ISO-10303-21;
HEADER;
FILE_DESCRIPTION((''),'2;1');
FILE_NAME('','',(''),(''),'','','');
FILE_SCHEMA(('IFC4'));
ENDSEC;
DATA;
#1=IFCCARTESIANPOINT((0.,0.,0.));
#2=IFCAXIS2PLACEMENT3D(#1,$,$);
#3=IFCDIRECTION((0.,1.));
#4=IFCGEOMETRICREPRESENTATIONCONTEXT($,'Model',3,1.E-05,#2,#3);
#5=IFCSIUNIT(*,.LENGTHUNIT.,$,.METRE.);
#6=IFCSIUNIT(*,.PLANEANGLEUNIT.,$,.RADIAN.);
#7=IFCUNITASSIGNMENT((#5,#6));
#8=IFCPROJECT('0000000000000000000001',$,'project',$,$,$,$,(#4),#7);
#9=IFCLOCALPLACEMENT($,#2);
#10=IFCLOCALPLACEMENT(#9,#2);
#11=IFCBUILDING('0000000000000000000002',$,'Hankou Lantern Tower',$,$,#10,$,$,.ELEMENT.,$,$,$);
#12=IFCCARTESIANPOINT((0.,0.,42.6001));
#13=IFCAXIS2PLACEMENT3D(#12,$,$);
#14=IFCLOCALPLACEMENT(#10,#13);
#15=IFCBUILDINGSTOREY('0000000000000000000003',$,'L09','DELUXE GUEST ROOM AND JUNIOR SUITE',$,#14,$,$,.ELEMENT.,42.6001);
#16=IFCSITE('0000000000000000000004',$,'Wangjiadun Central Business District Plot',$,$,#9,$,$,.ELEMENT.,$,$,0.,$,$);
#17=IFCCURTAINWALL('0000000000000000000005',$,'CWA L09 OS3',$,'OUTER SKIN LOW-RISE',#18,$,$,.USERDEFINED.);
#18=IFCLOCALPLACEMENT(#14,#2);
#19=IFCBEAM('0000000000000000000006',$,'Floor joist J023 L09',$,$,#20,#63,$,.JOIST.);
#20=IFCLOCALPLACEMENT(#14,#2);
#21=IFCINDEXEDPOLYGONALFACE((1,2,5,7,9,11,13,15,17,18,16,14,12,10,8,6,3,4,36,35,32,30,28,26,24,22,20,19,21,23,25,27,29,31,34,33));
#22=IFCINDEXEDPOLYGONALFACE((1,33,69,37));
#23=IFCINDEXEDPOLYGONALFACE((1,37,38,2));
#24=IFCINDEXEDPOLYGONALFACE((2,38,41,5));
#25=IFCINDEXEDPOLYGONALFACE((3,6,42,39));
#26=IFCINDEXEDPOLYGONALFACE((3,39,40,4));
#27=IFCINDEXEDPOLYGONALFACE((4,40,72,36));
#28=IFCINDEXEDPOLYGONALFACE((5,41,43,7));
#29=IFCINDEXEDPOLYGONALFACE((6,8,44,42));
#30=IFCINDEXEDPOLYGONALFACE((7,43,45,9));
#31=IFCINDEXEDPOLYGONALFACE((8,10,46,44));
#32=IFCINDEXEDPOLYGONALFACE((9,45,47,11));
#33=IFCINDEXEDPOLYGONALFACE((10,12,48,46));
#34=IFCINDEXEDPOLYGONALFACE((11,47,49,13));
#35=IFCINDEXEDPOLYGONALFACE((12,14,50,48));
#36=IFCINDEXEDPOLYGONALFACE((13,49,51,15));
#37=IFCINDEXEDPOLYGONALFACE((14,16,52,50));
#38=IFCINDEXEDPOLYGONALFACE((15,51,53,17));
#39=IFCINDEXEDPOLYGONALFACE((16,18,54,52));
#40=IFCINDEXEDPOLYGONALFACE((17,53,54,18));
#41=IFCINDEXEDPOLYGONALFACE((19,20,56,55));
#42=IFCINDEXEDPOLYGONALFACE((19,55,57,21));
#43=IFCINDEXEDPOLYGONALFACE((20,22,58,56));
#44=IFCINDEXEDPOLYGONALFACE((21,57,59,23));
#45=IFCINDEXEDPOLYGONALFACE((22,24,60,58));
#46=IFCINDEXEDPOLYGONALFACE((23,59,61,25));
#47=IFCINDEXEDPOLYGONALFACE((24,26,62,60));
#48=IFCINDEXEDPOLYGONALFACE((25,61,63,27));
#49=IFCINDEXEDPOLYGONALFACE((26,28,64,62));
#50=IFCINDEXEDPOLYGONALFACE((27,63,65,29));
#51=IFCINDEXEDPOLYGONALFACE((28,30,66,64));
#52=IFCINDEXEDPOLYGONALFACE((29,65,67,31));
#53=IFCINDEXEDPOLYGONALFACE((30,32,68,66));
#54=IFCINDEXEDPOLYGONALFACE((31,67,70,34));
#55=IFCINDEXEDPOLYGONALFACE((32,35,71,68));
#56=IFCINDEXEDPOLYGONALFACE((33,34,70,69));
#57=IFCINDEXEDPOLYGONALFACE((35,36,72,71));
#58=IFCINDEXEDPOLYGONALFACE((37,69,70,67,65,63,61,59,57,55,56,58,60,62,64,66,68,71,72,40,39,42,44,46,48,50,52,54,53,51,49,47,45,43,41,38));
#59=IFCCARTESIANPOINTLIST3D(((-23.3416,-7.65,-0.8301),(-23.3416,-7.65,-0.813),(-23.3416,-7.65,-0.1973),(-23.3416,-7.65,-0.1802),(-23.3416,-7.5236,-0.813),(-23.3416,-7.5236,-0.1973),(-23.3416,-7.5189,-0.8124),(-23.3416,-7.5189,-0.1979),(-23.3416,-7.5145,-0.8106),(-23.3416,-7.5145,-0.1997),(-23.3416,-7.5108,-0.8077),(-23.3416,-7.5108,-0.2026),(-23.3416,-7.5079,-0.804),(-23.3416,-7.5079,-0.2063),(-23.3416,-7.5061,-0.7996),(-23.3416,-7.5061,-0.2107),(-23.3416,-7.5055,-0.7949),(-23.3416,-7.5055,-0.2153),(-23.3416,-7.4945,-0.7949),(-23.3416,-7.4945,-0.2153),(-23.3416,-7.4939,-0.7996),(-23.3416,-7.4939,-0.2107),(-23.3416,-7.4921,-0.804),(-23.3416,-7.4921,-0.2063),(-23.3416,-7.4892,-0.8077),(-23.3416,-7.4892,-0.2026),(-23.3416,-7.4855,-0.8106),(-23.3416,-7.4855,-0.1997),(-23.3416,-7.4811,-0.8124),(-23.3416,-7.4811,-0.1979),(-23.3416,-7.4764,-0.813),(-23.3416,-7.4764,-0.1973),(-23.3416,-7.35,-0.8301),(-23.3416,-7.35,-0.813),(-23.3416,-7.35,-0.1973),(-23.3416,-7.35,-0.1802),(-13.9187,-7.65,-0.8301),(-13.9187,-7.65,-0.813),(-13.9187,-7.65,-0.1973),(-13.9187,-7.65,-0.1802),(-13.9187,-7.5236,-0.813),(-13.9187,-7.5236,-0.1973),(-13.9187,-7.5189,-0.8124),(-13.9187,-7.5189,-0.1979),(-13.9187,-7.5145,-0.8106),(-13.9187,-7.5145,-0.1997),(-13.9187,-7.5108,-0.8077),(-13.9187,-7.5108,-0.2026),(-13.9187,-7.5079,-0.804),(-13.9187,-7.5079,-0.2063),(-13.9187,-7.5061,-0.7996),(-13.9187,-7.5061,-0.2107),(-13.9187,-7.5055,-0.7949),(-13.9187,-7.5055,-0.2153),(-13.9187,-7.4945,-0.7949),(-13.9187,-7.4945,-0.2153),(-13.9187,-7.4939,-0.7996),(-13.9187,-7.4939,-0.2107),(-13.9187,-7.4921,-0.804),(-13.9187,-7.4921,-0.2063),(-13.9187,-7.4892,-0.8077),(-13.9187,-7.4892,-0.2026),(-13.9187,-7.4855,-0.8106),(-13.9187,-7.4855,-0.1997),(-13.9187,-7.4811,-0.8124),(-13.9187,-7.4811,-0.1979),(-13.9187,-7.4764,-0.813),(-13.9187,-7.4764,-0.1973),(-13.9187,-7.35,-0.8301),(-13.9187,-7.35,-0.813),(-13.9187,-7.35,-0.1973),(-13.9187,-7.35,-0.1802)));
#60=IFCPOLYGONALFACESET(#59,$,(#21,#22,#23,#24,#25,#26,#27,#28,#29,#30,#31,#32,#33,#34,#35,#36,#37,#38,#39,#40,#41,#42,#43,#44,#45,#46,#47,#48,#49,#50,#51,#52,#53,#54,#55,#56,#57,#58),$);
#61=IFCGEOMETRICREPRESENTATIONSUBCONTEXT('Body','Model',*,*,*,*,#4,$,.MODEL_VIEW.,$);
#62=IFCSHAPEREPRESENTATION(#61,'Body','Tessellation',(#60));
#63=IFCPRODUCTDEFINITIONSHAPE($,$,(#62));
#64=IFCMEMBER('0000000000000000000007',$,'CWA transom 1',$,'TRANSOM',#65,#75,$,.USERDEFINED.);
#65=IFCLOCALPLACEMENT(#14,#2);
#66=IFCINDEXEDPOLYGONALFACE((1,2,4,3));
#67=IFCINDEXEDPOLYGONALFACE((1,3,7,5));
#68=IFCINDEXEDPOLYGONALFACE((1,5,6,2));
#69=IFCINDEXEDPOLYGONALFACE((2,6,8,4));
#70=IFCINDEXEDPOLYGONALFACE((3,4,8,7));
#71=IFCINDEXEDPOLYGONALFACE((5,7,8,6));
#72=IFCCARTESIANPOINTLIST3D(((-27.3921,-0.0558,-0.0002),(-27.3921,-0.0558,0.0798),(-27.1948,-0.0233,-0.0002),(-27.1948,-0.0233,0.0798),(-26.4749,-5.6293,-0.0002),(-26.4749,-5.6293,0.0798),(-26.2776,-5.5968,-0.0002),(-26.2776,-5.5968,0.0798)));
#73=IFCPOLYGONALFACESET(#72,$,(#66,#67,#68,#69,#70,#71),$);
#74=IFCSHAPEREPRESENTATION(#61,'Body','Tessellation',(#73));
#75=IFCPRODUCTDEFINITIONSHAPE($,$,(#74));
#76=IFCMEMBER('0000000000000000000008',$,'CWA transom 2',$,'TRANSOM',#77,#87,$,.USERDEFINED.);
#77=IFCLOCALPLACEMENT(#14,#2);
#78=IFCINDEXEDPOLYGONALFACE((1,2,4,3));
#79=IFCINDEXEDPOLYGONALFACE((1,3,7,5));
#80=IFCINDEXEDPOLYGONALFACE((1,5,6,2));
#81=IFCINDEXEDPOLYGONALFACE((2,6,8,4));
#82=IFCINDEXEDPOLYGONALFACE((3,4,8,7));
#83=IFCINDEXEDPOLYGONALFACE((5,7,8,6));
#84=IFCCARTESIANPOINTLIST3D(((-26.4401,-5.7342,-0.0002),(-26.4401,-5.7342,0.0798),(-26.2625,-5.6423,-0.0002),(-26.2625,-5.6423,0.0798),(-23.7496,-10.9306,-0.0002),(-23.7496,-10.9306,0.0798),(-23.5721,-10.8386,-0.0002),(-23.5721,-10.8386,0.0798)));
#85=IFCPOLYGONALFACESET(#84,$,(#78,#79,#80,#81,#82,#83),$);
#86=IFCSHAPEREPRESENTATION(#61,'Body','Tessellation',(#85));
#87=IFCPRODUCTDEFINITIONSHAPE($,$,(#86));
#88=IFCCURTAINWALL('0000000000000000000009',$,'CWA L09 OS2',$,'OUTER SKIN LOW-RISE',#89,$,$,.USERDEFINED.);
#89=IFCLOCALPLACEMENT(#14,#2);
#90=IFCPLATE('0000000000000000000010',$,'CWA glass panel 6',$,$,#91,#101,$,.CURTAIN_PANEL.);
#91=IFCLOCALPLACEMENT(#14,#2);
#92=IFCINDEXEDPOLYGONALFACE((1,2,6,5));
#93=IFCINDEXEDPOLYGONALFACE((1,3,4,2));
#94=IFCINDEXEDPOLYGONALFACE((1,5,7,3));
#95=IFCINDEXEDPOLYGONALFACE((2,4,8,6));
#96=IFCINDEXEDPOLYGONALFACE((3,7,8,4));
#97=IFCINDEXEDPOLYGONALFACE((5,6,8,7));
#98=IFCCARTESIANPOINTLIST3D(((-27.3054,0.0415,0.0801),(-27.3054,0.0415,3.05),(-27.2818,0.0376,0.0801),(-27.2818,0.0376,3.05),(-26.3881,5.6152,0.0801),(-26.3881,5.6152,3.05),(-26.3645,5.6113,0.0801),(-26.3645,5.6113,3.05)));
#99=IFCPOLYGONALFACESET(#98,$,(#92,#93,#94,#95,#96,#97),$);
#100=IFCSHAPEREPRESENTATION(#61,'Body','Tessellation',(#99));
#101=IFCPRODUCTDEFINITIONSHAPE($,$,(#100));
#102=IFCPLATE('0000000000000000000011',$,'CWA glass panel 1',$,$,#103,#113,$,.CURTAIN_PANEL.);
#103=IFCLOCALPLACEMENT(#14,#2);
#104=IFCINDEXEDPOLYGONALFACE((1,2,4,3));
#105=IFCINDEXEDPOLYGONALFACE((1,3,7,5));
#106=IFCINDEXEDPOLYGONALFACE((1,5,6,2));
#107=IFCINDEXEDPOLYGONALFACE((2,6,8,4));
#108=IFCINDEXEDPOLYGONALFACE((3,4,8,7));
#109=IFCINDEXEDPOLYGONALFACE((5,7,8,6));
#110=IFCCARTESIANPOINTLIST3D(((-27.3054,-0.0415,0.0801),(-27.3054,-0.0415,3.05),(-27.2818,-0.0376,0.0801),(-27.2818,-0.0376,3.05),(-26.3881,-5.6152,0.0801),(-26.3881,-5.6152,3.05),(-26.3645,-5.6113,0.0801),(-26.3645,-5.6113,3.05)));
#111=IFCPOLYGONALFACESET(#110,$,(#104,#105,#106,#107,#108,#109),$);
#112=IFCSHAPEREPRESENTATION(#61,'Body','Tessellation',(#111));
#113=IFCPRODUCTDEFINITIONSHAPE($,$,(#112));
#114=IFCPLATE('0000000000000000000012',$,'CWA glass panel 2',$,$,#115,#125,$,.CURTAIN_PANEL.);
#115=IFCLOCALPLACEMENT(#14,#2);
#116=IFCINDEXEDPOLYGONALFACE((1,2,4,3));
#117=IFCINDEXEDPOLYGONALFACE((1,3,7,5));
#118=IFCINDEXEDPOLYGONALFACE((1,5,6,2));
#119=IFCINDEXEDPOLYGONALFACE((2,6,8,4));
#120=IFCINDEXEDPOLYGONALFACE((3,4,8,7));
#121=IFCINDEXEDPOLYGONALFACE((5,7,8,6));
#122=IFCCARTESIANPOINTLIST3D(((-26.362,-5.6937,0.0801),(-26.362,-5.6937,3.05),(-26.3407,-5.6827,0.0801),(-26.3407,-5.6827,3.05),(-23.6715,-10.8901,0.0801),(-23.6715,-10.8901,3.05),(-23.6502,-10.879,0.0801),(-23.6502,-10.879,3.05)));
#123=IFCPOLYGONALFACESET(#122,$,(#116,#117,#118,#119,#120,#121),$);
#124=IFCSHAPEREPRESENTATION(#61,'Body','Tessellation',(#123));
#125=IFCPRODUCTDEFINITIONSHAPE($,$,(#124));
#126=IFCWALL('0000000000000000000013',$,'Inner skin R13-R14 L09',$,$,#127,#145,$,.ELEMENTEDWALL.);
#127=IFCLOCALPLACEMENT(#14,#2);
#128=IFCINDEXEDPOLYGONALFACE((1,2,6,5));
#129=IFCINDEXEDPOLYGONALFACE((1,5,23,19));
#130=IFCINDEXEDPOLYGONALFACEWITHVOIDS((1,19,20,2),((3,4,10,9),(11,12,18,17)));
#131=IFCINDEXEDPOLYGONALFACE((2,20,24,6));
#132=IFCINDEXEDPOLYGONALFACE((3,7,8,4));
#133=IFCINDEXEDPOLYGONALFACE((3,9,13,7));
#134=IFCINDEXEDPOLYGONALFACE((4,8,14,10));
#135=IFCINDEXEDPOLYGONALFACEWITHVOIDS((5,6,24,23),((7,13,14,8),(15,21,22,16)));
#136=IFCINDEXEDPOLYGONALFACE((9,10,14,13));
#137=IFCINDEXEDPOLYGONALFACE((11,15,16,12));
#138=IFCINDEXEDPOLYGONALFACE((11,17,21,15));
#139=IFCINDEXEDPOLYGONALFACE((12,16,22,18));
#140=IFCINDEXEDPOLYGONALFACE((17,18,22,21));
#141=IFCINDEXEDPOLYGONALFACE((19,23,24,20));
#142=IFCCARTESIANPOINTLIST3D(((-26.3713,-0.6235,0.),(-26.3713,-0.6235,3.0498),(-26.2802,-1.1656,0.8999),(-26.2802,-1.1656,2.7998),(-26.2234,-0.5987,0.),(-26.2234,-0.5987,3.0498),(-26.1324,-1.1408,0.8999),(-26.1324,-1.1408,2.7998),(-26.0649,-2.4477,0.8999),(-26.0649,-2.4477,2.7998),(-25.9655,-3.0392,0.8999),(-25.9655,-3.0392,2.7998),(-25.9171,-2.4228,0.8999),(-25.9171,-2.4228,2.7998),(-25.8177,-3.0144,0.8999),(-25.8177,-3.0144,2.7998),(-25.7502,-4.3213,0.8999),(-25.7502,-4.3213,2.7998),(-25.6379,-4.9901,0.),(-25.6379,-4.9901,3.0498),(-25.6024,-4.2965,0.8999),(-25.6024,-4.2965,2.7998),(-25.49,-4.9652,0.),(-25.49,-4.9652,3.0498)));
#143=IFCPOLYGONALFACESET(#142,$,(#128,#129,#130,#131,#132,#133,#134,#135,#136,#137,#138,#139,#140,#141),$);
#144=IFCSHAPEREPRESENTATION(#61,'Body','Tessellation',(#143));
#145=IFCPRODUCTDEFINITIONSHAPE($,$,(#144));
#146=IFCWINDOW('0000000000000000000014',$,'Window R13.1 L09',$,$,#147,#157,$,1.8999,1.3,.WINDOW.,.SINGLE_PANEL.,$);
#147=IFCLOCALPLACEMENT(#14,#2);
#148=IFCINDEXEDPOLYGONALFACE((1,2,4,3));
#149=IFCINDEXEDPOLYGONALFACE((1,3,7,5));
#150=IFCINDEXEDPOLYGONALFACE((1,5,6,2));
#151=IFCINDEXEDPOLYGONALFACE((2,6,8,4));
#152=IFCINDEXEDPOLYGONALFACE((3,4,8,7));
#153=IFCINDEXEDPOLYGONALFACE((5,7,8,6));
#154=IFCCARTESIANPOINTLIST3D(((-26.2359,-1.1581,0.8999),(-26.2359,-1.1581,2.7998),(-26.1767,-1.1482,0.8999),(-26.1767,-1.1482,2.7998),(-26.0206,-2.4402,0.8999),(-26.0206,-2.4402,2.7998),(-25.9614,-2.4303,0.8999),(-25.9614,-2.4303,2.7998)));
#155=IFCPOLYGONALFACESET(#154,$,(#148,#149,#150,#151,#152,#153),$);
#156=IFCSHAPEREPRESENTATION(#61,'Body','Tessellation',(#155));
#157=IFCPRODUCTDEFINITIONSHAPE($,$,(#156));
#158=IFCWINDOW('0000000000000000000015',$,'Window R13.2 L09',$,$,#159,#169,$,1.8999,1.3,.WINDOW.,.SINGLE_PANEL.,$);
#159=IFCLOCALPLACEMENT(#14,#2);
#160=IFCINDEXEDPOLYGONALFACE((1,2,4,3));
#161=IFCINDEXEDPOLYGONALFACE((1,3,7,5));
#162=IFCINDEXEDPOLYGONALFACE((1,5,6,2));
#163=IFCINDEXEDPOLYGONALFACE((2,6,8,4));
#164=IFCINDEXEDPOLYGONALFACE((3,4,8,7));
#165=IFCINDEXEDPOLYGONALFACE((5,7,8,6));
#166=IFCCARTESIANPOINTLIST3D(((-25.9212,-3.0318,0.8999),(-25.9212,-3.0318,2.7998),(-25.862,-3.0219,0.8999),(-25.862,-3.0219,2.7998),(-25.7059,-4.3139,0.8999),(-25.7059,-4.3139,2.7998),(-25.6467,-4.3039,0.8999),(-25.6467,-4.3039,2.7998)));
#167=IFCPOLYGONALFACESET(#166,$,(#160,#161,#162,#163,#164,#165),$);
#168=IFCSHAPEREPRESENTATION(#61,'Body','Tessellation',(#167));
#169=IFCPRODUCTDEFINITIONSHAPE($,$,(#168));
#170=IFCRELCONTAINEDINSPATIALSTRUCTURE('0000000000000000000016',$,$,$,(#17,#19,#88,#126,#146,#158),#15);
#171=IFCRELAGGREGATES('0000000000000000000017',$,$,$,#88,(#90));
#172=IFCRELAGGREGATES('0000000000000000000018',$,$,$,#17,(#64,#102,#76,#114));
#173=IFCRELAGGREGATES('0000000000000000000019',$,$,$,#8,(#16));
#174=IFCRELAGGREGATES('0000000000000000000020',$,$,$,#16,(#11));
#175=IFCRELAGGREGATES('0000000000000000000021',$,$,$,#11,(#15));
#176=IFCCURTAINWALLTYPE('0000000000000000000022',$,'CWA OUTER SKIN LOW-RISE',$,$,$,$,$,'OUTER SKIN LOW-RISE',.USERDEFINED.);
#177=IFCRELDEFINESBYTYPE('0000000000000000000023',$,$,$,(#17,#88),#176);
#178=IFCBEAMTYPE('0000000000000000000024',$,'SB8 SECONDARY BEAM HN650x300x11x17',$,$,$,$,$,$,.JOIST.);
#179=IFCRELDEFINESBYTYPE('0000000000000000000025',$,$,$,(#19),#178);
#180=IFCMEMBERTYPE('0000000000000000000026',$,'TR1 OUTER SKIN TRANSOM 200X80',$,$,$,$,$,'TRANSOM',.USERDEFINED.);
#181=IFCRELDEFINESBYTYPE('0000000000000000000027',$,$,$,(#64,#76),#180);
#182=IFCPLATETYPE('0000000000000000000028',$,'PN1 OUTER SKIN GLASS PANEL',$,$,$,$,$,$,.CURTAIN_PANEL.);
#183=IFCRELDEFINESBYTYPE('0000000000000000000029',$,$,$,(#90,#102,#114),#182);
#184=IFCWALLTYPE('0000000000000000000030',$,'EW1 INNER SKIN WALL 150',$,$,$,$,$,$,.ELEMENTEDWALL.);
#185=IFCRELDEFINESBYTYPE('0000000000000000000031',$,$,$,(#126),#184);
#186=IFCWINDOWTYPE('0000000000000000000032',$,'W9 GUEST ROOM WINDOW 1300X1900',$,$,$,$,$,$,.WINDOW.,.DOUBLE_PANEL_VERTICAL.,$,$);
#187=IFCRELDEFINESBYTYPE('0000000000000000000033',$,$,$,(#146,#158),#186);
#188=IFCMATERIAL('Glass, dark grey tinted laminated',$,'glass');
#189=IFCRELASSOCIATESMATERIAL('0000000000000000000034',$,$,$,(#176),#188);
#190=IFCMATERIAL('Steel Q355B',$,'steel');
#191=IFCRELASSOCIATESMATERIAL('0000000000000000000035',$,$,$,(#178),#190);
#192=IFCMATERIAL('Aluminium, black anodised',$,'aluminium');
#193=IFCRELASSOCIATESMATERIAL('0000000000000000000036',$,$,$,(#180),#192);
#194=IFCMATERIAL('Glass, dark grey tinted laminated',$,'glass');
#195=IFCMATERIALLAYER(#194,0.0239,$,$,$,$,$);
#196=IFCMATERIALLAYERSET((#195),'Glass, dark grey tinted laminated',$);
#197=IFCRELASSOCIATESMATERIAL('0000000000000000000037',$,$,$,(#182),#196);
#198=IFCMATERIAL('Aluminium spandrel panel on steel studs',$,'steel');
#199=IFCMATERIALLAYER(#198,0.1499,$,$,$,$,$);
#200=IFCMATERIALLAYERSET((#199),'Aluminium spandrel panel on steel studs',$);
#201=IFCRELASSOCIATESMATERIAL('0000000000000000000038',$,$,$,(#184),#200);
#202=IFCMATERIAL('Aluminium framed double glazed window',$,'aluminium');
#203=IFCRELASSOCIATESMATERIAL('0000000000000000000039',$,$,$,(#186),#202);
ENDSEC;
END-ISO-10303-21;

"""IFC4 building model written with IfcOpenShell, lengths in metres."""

from ifc_helpers import new_model, si_unit, direction, frame, frame_2d, origin, origin_2d, place, context, subcontext, project, spatial, rectangle, i_section, extrude, material, layer, layer_set, material_profile, profile_set, type_object, element, fill, aggregate, save


model = new_model("IFC4")

# Units and contexts
model_context = context("Model", 3, precision=1e-05, world=origin(), true_north=direction((0.0, 1.0)))
body_context = subcontext(model_context, "Body", "Model", "MODEL_VIEW")
ifc_project = project(units=[si_unit("LENGTHUNIT", "METRE"), si_unit("PLANEANGLEUNIT", "RADIAN")], contexts=[model_context])

# Site, building, storey
site_placement = place(None, origin())
site = spatial("IfcSite", under=ifc_project, at=site_placement, Name="Wangjiadun Central Business District Plot", CompositionType="ELEMENT", RefElevation=0.0)
building_placement = place(site_placement, origin())
building = spatial("IfcBuilding", under=site, at=building_placement, Name="Hankou Lantern Tower", CompositionType="ELEMENT")
storey_placement = place(building_placement, frame((0.0, 0.0, 42.6001)))
storey = spatial("IfcBuildingStorey", under=building, at=storey_placement, Name="L09", Description="DELUXE GUEST ROOM AND JUNIOR SUITE", CompositionType="ELEMENT", Elevation=42.6001)

# Curtain wall
ifc_material_1 = material(Name="Glass, dark grey tinted laminated", Category="glass")
curtain_wall_type = type_object("IfcCurtainWallType", Name="CWA OUTER SKIN LOW-RISE", ElementType="OUTER SKIN LOW-RISE", PredefinedType="USERDEFINED", material=ifc_material_1)
curtain_wall_1_placement = place(storey_placement, origin())
curtain_wall_1 = element("IfcCurtainWall", 1, at=curtain_wall_1_placement, inside=storey, type_object=curtain_wall_type, Name="CWA L09 OS3", ObjectType="OUTER SKIN LOW-RISE", PredefinedType="USERDEFINED")

# Beam
ifc_material_2 = material(Name="Steel Q355B", Category="steel")
ifc_material_profile_1 = material_profile(ifc_material_2, i_section(OverallWidth=0.3, OverallDepth=0.6499, WebThickness=0.011, FlangeThickness=0.0171, FilletRadius=0.0181, at=origin_2d()), Name="HN650x300x11x17")
ifc_profile_set_1 = profile_set([ifc_material_profile_1], Name="Steel Q355B")
beam_type_1 = type_object("IfcBeamType", Name="SB8 SECONDARY BEAM HN650x300x11x17", PredefinedType="JOIST", material=ifc_profile_set_1)
beam_1_placement = place(storey_placement, frame((-23.3416, -7.5, -0.5051), z_axis=(1.0, 0.0, 0.0), x_axis=(0.0, 1.0, 0.0)))
element("IfcBeam", 2, at=beam_1_placement, inside=storey, type_object=beam_type_1, Name="Floor joist J023 L09", PredefinedType="JOIST", context=body_context, shape_type="SweptSolid", body=[
    extrude(i_section(OverallWidth=0.3, OverallDepth=0.6499, WebThickness=0.011, FlangeThickness=0.0171, FilletRadius=0.0181, at=origin_2d()), origin(), (0.0, 0.0, 1.0), 9.4229),
])

# Members
ifc_material_3 = material(Name="Aluminium, black anodised", Category="aluminium")
ifc_material_profile_2 = material_profile(ifc_material_3, rectangle(XDim=0.2, YDim=0.0801, at=origin_2d()), Name="TR1 200X80")
ifc_profile_set_2 = profile_set([ifc_material_profile_2], Name="Aluminium, black anodised")
member_type_1 = type_object("IfcMemberType", Name="TR1 OUTER SKIN TRANSOM 200X80", ElementType="TRANSOM", PredefinedType="USERDEFINED", material=ifc_profile_set_2)
member_1_placement = place(storey_placement, frame((-27.2935, -0.0396, 0.0398), z_axis=(0.162387, -0.986727, 0.0), x_axis=(0.986727, 0.162387, 0.0)))
member_1 = element("IfcMember", 3, at=member_1_placement, type_object=member_type_1, Name="CWA transom 1", ObjectType="TRANSOM", PredefinedType="USERDEFINED", context=body_context, shape_type="SweptSolid", body=[
    extrude(rectangle(XDim=0.2, YDim=0.0801, at=origin_2d()), origin(), (0.0, 0.0, 1.0), 5.6484),
])
member_2_placement = place(storey_placement, frame((-26.3513, -5.6882, 0.0398), z_axis=(0.459786, -0.88803, 0.0), x_axis=(0.88803, 0.459786, 0.0)))
member_2 = element("IfcMember", 4, at=member_2_placement, type_object=member_type_1, Name="CWA transom 2", ObjectType="TRANSOM", PredefinedType="USERDEFINED", context=body_context, shape_type="SweptSolid", body=[
    extrude(rectangle(XDim=0.2, YDim=0.0801, at=origin_2d()), origin(), (0.0, 0.0, 1.0), 5.8516),
])

# Curtain wall, plate
curtain_wall_2_placement = place(storey_placement, origin())
curtain_wall_2 = element("IfcCurtainWall", 5, at=curtain_wall_2_placement, inside=storey, type_object=curtain_wall_type, Name="CWA L09 OS2", ObjectType="OUTER SKIN LOW-RISE", PredefinedType="USERDEFINED")
ifc_material_4 = material(Name="Glass, dark grey tinted laminated", Category="glass")
ifc_layer_1 = layer(ifc_material_4, 0.0239)
ifc_layer_set_1 = layer_set([ifc_layer_1], Name="Glass, dark grey tinted laminated")
plate_type = type_object("IfcPlateType", Name="PN1 OUTER SKIN GLASS PANEL", PredefinedType="CURTAIN_PANEL", material=ifc_layer_set_1)
plate_1_placement = place(storey_placement, frame((-26.835, 2.8264, 0.0801), z_axis=(0.0, 0.0, 1.0), x_axis=(-0.162382, -0.986728, 0.0)))
plate_1 = element("IfcPlate", 6, at=plate_1_placement, type_object=plate_type, Name="CWA glass panel 6", PredefinedType="CURTAIN_PANEL", context=body_context, shape_type="SweptSolid", body=[
    extrude(rectangle(XDim=5.6487, YDim=0.0239, at=origin_2d()), origin(), (0.0, 0.0, 1.0), 2.97),
])
aggregate(curtain_wall_2, [plate_1])

# Plates
plate_2_placement = place(storey_placement, frame((-26.835, -2.8264, 0.0801), z_axis=(0.0, 0.0, 1.0), x_axis=(0.162382, -0.986728, 0.0)))
plate_2 = element("IfcPlate", 7, at=plate_2_placement, type_object=plate_type, Name="CWA glass panel 1", PredefinedType="CURTAIN_PANEL", context=body_context, shape_type="SweptSolid", body=[
    extrude(rectangle(XDim=5.6487, YDim=0.0239, at=origin_2d()), origin(), (0.0, 0.0, 1.0), 2.97),
])
plate_3_placement = place(storey_placement, frame((-25.0061, -8.2864, 0.0801), z_axis=(0.0, 0.0, 1.0), x_axis=(0.459791, -0.888027, 0.0)))
plate_3 = element("IfcPlate", 8, at=plate_3_placement, type_object=plate_type, Name="CWA glass panel 2", PredefinedType="CURTAIN_PANEL", context=body_context, shape_type="SweptSolid", body=[
    extrude(rectangle(XDim=5.8516, YDim=0.0239, at=origin_2d()), origin(), (0.0, 0.0, 1.0), 2.97),
])
aggregate(curtain_wall_1, [member_1, plate_2, member_2, plate_3])

# Wall, openings, windows
ifc_material_5 = material(Name="Aluminium spandrel panel on steel studs", Category="steel")
ifc_layer_2 = layer(ifc_material_5, 0.1499)
ifc_layer_set_2 = layer_set([ifc_layer_2], Name="Aluminium spandrel panel on steel studs")
wall_type_1 = type_object("IfcWallType", Name="EW1 INNER SKIN WALL 150", PredefinedType="ELEMENTEDWALL", material=ifc_layer_set_2)
wall_1_placement = place(storey_placement, frame((-26.2974, -0.6111, 0.0), z_axis=(0.0, 0.0, 1.0), x_axis=(0.165642, -0.986186, 0.0)))
wall_1 = element("IfcWall", 9, at=wall_1_placement, inside=storey, type_object=wall_type_1, Name="Inner skin R13-R14 L09", PredefinedType="ELEMENTEDWALL", context=body_context, shape_type="SweptSolid", body=[
    extrude(rectangle(XDim=4.4277, YDim=0.1499, at=frame_2d((2.2139, 0.0))), origin(), (0.0, 0.0, 1.0), 3.0498),
])
opening_1_placement = place(wall_1_placement, frame((0.5498, 0.0, 0.8999)))
opening_1 = element("IfcOpeningElement", 10, at=opening_1_placement, cuts=wall_1, PredefinedType="OPENING", context=body_context, shape_type="SweptSolid", body=[
    extrude(rectangle(XDim=1.3, YDim=1.8999, at=frame_2d((0.6499, 0.95))), frame((0.0, 0.085, 0.0), z_axis=(0.0, -1.0, 0.0), x_axis=(1.0, 0.0, 0.0)), (0.0, 0.0, 1.0), 0.1699),
])
opening_2_placement = place(wall_1_placement, frame((2.4497, 0.0, 0.8999)))
opening_2 = element("IfcOpeningElement", 11, at=opening_2_placement, cuts=wall_1, PredefinedType="OPENING", context=body_context, shape_type="SweptSolid", body=[
    extrude(rectangle(XDim=1.3, YDim=1.8999, at=frame_2d((0.6499, 0.95))), frame((0.0, 0.085, 0.0), z_axis=(0.0, -1.0, 0.0), x_axis=(1.0, 0.0, 0.0)), (0.0, 0.0, 1.0), 0.1699),
])
ifc_material_6 = material(Name="Aluminium framed double glazed window", Category="aluminium")
window_type = type_object("IfcWindowType", Name="W9 GUEST ROOM WINDOW 1300X1900", PartitioningType="DOUBLE_PANEL_VERTICAL", PredefinedType="WINDOW", material=ifc_material_6)
window_1_placement = place(opening_1_placement, origin())
window_1 = element("IfcWindow", 12, at=window_1_placement, inside=storey, type_object=window_type, Name="Window R13.1 L09", OverallHeight=1.8999, OverallWidth=1.3, PartitioningType="SINGLE_PANEL", PredefinedType="WINDOW", context=body_context, shape_type="SweptSolid", body=[
    extrude(rectangle(XDim=1.3, YDim=1.8999, at=frame_2d((0.6499, 0.95))), frame((0.0, 0.03, 0.0), z_axis=(0.0, -1.0, 0.0), x_axis=(1.0, 0.0, 0.0)), (0.0, 0.0, 1.0), 0.0601),
])
fill(opening_1, window_1)
window_2_placement = place(opening_2_placement, origin())
window_2 = element("IfcWindow", 13, at=window_2_placement, inside=storey, type_object=window_type, Name="Window R13.2 L09", OverallHeight=1.8999, OverallWidth=1.3, PartitioningType="SINGLE_PANEL", PredefinedType="WINDOW", context=body_context, shape_type="SweptSolid", body=[
    extrude(rectangle(XDim=1.3, YDim=1.8999, at=frame_2d((0.6499, 0.95))), frame((0.0, 0.03, 0.0), z_axis=(0.0, -1.0, 0.0), x_axis=(1.0, 0.0, 0.0)), (0.0, 0.0, 1.0), 0.0601),
])
fill(opening_2, window_2)

save(model, "model.ifc")
